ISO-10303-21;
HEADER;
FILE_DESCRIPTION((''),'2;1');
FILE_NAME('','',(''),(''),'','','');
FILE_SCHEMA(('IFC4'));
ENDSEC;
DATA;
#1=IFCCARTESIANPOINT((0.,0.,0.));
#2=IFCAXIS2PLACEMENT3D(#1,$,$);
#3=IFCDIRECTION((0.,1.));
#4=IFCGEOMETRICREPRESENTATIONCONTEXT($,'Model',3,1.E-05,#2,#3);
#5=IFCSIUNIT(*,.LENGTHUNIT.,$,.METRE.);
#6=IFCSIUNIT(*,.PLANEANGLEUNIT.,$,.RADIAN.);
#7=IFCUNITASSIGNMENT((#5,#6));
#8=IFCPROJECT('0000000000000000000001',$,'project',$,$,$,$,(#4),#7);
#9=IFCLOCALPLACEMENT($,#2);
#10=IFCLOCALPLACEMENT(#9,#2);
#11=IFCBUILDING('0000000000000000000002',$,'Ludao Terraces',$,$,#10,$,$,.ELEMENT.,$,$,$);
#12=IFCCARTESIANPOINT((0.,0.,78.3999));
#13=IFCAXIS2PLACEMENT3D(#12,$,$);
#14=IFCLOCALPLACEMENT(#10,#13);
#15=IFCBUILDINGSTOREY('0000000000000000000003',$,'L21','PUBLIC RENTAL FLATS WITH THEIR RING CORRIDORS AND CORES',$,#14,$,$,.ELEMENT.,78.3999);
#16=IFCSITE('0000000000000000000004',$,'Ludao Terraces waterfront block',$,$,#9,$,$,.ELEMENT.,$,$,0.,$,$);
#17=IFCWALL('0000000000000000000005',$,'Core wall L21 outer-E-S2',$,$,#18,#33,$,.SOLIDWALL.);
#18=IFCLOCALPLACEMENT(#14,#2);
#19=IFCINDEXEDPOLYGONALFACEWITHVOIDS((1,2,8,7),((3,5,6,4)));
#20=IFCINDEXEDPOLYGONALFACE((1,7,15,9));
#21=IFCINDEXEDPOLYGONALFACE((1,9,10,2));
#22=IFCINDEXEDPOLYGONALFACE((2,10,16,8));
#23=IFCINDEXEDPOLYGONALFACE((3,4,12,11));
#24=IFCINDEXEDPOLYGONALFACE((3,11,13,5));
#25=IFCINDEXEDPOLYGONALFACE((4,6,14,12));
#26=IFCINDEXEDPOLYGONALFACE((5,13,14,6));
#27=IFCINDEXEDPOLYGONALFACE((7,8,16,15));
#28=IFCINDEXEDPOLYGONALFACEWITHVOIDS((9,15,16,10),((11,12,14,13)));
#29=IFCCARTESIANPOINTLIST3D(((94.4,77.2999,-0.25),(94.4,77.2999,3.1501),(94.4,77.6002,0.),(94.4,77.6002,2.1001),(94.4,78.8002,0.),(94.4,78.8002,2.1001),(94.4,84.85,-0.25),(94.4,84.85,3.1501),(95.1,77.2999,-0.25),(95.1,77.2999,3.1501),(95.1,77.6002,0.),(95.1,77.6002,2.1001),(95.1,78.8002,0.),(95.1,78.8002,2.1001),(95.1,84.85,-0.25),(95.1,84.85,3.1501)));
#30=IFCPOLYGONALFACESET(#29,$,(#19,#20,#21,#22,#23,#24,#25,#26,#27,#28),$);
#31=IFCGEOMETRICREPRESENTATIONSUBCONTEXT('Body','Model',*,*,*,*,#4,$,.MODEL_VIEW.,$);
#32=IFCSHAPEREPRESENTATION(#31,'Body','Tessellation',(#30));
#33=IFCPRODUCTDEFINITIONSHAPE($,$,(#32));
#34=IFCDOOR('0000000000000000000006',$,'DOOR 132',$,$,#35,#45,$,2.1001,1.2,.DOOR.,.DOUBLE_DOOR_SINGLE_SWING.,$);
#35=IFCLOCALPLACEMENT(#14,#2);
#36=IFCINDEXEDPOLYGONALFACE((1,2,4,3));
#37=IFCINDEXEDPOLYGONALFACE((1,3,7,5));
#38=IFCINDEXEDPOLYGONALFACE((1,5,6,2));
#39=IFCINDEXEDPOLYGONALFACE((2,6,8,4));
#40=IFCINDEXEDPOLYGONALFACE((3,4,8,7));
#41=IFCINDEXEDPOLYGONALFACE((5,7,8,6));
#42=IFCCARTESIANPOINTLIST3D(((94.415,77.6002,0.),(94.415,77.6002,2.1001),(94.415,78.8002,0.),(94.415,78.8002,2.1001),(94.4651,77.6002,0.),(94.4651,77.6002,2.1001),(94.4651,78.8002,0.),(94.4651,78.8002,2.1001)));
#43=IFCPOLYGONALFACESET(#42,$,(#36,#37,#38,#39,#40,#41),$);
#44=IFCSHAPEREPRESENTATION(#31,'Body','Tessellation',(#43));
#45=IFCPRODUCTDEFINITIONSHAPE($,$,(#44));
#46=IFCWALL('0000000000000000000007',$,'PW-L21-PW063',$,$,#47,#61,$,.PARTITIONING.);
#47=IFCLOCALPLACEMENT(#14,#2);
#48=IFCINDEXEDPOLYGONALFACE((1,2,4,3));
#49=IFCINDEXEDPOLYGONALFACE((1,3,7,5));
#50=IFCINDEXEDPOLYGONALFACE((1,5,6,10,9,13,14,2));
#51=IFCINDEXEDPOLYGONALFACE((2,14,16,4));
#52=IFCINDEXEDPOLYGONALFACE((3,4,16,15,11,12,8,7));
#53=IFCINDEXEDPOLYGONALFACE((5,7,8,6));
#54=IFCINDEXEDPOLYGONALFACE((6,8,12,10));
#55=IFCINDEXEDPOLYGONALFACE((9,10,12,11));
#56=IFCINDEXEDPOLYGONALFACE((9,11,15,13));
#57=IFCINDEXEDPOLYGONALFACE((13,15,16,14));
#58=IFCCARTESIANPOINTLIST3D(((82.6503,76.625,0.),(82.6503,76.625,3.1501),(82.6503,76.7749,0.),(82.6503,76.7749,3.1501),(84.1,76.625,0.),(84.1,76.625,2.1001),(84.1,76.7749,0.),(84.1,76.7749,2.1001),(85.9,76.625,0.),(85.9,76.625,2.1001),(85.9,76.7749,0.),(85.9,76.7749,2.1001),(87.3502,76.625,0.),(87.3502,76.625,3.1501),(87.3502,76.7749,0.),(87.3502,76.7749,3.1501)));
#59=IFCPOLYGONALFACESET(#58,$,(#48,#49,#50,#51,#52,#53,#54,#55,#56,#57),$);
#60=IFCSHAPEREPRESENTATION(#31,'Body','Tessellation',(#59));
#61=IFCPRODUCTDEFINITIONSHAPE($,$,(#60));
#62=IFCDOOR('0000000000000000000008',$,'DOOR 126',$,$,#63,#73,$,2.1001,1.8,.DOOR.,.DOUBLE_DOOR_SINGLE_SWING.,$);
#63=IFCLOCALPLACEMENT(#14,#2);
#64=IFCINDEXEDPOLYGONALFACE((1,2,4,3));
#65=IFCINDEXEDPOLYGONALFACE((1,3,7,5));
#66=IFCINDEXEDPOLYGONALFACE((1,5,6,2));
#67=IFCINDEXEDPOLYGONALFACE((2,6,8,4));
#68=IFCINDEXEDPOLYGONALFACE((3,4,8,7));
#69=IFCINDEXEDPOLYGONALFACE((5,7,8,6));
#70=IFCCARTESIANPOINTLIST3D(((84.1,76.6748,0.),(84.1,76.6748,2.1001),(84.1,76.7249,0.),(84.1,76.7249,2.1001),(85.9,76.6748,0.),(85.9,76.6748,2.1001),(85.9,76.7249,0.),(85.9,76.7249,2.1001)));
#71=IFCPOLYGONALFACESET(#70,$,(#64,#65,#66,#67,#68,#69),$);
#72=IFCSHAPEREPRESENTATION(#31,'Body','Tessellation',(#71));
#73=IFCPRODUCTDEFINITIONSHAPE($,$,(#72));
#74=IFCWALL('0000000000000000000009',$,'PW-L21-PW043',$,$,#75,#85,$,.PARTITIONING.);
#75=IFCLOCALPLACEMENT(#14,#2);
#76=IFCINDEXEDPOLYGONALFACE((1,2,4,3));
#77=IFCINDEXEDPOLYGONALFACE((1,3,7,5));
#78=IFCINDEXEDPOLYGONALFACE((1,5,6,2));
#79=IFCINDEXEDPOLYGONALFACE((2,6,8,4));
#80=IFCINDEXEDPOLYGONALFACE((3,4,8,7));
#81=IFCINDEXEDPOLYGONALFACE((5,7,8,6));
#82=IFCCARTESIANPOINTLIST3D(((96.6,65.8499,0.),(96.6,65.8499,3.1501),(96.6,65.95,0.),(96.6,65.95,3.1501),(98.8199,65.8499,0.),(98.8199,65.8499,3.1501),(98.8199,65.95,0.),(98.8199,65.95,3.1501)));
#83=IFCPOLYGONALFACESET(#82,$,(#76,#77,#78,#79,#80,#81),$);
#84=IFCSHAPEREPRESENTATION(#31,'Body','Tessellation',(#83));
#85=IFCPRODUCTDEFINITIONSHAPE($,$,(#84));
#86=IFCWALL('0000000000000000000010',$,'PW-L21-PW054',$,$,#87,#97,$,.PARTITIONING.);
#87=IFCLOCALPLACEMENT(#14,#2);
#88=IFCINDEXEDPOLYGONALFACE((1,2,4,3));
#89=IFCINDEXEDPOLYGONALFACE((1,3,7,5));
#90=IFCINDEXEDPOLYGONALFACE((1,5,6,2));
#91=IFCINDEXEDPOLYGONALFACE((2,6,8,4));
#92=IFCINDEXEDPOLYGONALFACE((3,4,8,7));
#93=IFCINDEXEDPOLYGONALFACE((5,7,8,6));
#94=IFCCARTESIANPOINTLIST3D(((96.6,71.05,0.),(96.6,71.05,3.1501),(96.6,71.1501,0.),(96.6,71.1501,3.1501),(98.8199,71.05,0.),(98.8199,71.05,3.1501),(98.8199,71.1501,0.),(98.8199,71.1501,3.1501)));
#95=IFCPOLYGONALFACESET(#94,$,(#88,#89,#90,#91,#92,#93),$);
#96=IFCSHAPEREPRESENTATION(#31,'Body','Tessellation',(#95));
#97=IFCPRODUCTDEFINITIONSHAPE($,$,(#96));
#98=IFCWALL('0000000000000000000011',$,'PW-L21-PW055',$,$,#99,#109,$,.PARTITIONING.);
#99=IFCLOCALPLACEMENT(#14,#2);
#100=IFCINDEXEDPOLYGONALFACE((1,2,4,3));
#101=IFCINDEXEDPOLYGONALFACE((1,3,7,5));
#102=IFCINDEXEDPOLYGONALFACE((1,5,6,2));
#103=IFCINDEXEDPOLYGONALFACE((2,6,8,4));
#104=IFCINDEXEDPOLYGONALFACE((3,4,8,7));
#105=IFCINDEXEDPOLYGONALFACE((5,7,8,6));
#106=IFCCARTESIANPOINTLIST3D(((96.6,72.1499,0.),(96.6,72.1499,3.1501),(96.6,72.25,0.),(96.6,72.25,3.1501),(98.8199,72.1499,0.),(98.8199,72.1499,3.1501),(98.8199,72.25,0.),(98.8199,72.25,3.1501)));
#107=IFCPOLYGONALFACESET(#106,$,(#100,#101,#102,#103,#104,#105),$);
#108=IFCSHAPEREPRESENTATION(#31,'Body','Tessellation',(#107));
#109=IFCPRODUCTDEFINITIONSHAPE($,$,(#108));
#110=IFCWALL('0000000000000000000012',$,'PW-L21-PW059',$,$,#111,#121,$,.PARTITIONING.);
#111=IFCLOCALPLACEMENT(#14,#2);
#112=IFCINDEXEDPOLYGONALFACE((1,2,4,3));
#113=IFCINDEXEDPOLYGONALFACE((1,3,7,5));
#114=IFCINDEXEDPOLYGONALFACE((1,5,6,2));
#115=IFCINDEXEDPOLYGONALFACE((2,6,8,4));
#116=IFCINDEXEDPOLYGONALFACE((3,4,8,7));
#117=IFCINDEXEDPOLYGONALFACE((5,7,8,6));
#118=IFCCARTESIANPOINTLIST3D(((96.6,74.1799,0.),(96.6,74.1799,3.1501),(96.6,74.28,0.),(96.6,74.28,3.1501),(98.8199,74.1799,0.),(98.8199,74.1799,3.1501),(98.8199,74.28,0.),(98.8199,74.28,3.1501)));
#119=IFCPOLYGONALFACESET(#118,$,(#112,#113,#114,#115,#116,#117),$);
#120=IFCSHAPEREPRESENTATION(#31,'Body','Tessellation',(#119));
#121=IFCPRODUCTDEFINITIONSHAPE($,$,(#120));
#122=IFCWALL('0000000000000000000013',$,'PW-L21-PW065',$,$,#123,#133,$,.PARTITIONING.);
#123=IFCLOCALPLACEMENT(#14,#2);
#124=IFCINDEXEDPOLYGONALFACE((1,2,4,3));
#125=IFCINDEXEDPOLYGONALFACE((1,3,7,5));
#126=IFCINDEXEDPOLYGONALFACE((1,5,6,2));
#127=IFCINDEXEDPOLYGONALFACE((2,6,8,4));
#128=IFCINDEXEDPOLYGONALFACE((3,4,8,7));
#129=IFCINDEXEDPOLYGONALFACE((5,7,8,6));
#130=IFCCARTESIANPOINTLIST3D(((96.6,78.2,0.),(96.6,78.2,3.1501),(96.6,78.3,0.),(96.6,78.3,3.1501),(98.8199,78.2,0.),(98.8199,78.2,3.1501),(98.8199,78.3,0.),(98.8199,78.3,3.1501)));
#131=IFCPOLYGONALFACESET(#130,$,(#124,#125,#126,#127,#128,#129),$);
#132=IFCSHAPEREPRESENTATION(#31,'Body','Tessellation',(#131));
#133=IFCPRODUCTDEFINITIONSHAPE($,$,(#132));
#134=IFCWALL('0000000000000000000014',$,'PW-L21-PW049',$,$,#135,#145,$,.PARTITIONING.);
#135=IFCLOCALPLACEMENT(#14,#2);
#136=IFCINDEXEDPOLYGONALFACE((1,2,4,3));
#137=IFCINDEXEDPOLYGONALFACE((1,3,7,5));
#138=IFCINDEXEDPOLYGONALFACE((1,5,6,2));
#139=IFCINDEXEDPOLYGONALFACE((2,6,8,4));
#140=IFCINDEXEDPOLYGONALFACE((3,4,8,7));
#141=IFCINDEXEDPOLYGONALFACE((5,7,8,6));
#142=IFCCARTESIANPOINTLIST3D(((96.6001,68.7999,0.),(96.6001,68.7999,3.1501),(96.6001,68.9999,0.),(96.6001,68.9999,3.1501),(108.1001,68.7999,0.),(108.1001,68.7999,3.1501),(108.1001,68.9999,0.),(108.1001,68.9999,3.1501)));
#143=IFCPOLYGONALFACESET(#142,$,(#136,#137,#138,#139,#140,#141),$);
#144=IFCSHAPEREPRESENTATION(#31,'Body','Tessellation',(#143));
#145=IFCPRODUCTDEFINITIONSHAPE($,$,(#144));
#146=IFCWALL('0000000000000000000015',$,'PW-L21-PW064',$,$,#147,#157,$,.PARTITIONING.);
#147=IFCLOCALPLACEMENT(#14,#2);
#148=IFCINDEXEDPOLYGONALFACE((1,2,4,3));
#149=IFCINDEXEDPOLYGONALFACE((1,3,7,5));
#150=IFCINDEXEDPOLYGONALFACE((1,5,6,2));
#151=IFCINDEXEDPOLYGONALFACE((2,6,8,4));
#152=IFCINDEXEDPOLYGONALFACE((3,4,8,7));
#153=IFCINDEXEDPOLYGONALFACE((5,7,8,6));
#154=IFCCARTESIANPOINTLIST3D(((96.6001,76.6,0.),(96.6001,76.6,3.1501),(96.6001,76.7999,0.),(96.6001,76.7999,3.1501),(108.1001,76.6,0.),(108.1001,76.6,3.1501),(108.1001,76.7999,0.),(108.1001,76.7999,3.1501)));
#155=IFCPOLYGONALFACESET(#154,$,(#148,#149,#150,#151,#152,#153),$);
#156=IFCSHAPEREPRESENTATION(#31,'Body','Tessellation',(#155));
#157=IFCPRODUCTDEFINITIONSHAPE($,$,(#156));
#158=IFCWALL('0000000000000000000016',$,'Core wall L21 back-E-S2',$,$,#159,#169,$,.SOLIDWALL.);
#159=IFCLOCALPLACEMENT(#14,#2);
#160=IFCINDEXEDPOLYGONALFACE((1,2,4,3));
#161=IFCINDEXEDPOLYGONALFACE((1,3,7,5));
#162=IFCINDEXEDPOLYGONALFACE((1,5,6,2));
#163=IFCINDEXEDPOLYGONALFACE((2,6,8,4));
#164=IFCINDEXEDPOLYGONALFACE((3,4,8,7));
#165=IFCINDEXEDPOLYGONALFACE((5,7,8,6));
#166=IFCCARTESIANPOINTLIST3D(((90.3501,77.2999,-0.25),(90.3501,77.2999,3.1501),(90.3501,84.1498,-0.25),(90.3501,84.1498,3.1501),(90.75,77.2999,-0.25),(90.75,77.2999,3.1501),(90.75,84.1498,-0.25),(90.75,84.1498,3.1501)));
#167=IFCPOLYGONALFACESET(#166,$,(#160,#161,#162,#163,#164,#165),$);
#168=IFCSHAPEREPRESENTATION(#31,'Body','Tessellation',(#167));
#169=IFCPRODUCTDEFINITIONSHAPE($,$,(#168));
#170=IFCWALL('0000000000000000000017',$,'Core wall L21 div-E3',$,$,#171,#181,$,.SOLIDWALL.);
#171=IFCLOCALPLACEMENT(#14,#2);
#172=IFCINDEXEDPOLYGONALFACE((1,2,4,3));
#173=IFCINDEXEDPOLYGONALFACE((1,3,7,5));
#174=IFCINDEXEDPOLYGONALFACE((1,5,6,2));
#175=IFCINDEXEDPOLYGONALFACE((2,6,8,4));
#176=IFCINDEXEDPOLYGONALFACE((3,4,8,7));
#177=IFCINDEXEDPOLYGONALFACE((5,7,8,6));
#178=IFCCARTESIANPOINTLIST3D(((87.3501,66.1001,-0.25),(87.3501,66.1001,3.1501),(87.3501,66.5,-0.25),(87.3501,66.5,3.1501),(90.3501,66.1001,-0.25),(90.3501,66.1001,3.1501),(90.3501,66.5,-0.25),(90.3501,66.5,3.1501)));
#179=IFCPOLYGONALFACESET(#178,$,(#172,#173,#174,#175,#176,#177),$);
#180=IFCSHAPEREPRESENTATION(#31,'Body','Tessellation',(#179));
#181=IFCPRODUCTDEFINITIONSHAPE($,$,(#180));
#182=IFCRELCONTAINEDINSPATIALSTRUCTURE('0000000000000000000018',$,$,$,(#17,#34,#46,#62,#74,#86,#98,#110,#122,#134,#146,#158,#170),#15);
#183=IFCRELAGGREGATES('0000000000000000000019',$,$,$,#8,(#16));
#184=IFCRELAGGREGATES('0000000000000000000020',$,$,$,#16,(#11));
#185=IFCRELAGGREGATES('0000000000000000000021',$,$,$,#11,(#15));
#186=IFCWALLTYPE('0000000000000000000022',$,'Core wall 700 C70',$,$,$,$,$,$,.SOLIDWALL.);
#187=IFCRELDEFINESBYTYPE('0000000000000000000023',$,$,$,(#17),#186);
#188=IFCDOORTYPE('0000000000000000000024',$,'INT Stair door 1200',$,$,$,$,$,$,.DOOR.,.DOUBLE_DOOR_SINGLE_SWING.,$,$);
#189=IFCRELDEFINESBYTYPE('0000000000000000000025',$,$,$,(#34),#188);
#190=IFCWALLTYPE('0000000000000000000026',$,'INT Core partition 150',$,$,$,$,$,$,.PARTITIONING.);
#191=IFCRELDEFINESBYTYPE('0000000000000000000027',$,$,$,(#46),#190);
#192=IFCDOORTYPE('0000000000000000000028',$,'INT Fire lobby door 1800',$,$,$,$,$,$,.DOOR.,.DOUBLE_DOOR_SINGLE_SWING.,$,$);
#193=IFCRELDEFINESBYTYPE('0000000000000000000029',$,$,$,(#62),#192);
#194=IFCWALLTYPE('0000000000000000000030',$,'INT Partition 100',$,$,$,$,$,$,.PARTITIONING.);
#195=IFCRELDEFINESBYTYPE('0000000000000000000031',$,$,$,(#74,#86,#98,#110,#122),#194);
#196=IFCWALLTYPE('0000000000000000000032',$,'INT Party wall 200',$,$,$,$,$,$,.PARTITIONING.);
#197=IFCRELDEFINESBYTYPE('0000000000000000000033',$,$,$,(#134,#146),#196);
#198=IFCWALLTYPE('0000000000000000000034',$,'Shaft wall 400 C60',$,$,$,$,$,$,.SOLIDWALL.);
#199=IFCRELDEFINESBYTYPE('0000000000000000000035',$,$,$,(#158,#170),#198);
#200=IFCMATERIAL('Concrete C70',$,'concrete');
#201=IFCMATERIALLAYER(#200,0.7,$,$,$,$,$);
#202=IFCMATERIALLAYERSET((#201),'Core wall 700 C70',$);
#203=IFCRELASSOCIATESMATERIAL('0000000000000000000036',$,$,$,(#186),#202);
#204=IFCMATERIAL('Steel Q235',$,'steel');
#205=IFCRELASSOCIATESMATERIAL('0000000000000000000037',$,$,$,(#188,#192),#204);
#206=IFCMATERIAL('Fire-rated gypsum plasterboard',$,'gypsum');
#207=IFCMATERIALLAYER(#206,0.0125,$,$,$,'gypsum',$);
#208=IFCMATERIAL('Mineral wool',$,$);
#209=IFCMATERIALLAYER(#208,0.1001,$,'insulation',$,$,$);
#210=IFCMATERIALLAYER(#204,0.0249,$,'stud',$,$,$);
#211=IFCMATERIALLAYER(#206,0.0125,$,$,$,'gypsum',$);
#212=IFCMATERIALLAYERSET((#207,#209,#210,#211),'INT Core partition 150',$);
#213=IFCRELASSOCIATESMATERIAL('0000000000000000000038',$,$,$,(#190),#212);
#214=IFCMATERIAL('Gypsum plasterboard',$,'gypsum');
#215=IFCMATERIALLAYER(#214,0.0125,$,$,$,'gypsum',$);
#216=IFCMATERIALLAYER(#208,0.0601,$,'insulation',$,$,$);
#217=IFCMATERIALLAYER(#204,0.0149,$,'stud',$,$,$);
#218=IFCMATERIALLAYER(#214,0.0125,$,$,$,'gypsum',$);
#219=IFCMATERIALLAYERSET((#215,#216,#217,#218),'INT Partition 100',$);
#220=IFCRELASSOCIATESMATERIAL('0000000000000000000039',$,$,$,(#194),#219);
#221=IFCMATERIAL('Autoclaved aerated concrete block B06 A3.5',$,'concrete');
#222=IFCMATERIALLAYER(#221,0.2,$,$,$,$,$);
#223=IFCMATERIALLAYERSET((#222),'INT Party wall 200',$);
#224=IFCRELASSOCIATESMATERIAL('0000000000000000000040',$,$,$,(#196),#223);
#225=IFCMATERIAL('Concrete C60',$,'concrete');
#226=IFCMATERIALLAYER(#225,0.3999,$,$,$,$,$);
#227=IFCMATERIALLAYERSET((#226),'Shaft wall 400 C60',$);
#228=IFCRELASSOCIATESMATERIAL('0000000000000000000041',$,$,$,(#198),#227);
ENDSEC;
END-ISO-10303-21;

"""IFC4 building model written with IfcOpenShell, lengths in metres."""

from ifc_helpers import new_model, si_unit, direction, frame, frame_2d, origin, place, context, subcontext, project, spatial, rectangle, extrude, material, layer, layer_set, type_object, element, fill, save


model = new_model("IFC4")

# Units and contexts
model_context = context("Model", 3, precision=1e-05, world=origin(), true_north=direction((0.0, 1.0)))
body_context = subcontext(model_context, "Body", "Model", "MODEL_VIEW")
ifc_project = project(units=[si_unit("LENGTHUNIT", "METRE"), si_unit("PLANEANGLEUNIT", "RADIAN")], contexts=[model_context])

# Site, building, storey
site_placement = place(None, origin())
site = spatial("IfcSite", under=ifc_project, at=site_placement, Name="Ludao Terraces waterfront block", CompositionType="ELEMENT", RefElevation=0.0)
building_placement = place(site_placement, origin())
building = spatial("IfcBuilding", under=site, at=building_placement, Name="Ludao Terraces", CompositionType="ELEMENT")
storey_placement = place(building_placement, frame((0.0, 0.0, 78.3999)))
storey = spatial("IfcBuildingStorey", under=building, at=storey_placement, Name="L21", Description="PUBLIC RENTAL FLATS WITH THEIR RING CORRIDORS AND CORES", CompositionType="ELEMENT", Elevation=78.3999)

# Walls, openings, doors
ifc_material_1 = material(Name="Concrete C70", Category="concrete")
ifc_layer_1 = layer(ifc_material_1, 0.7)
ifc_layer_set_1 = layer_set([ifc_layer_1], Name="Core wall 700 C70")
wall_type_1 = type_object("IfcWallType", Name="Core wall 700 C70", PredefinedType="SOLIDWALL", material=ifc_layer_set_1)
wall_1_placement = place(storey_placement, frame((94.75, 77.3, -0.25), z_axis=(0.0, 0.0, 1.0), x_axis=(0.0, 1.0, 0.0)))
wall_1 = element("IfcWall", 1, at=wall_1_placement, inside=storey, type_object=wall_type_1, Name="Core wall L21 outer-E-S2", PredefinedType="SOLIDWALL", context=body_context, shape_type="SweptSolid", body=[
    extrude(rectangle(XDim=7.55, YDim=0.7, at=frame_2d((3.7749, 0.0))), origin(), (0.0, 0.0, 1.0), 3.4001),
])
opening_1_placement = place(wall_1_placement, frame((0.3, 0.0, 0.25)))
opening_1 = element("IfcOpeningElement", 2, at=opening_1_placement, cuts=wall_1, PredefinedType="OPENING", context=body_context, shape_type="SweptSolid", body=[
    extrude(rectangle(XDim=1.2, YDim=2.1001, at=frame_2d((0.6001, 1.05))), frame((0.0, 0.3599, 0.0), z_axis=(0.0, -1.0, 0.0), x_axis=(1.0, 0.0, 0.0)), (0.0, 0.0, 1.0), 0.72),
])
ifc_material_2 = material(Name="Steel Q235", Category="steel")
door_type_1 = type_object("IfcDoorType", Name="INT Stair door 1200", OperationType="DOUBLE_DOOR_SINGLE_SWING", PredefinedType="DOOR", material=ifc_material_2)
door_1_placement = place(opening_1_placement, origin())
door_1 = element("IfcDoor", 3, at=door_1_placement, inside=storey, type_object=door_type_1, Name="DOOR 132", OperationType="DOUBLE_DOOR_SINGLE_SWING", OverallHeight=2.1001, OverallWidth=1.2, PredefinedType="DOOR", context=body_context, shape_type="SweptSolid", body=[
    extrude(rectangle(XDim=1.2, YDim=2.1001, at=frame_2d((0.6001, 1.05))), frame((0.0, 0.335, 0.0), z_axis=(0.0, -1.0, 0.0), x_axis=(1.0, 0.0, 0.0)), (0.0, 0.0, 1.0), 0.05),
])
fill(opening_1, door_1)
ifc_material_3 = material(Name="Fire-rated gypsum plasterboard", Category="gypsum")
ifc_layer_2 = layer(ifc_material_3, 0.0125, Category="gypsum")
ifc_material_4 = material(Name="Mineral wool")
ifc_layer_3 = layer(ifc_material_4, 0.1001, Name="insulation")
ifc_layer_4 = layer(ifc_material_2, 0.0249, Name="stud")
ifc_layer_5 = layer(ifc_material_3, 0.0125, Category="gypsum")
ifc_layer_set_2 = layer_set([ifc_layer_2, ifc_layer_3, ifc_layer_4, ifc_layer_5], Name="INT Core partition 150")
wall_type_2 = type_object("IfcWallType", Name="INT Core partition 150", PredefinedType="PARTITIONING", material=ifc_layer_set_2)
wall_2_placement = place(storey_placement, frame((82.6501, 76.7, 0.0), z_axis=(0.0, 0.0, 1.0), x_axis=(1.0, 0.0, 0.0)))
wall_2 = element("IfcWall", 4, at=wall_2_placement, inside=storey, type_object=wall_type_2, Name="PW-L21-PW063", PredefinedType="PARTITIONING", context=body_context, shape_type="SweptSolid", body=[
    extrude(rectangle(XDim=4.7, YDim=0.1499, at=frame_2d((2.3501, 0.0))), origin(), (0.0, 0.0, 1.0), 3.1501),
])
opening_2_placement = place(wall_2_placement, frame((1.45, 0.0, 0.0)))
opening_2 = element("IfcOpeningElement", 5, at=opening_2_placement, cuts=wall_2, PredefinedType="OPENING", context=body_context, shape_type="SweptSolid", body=[
    extrude(rectangle(XDim=1.8, YDim=2.1001, at=frame_2d((0.8999, 1.05))), frame((0.0, 0.085, 0.0), z_axis=(0.0, -1.0, 0.0), x_axis=(1.0, 0.0, 0.0)), (0.0, 0.0, 1.0), 0.1699),
])
door_type_2 = type_object("IfcDoorType", Name="INT Fire lobby door 1800", OperationType="DOUBLE_DOOR_SINGLE_SWING", PredefinedType="DOOR", material=ifc_material_2)
door_2_placement = place(opening_2_placement, origin())
door_2 = element("IfcDoor", 6, at=door_2_placement, inside=storey, type_object=door_type_2, Name="DOOR 126", OperationType="DOUBLE_DOOR_SINGLE_SWING", OverallHeight=2.1001, OverallWidth=1.8, PredefinedType="DOOR", context=body_context, shape_type="SweptSolid", body=[
    extrude(rectangle(XDim=1.8, YDim=2.1001, at=frame_2d((0.8999, 1.05))), frame((0.0, 0.0249, 0.0), z_axis=(0.0, -1.0, 0.0), x_axis=(1.0, 0.0, 0.0)), (0.0, 0.0, 1.0), 0.05),
])
fill(opening_2, door_2)

# Walls
ifc_material_5 = material(Name="Gypsum plasterboard", Category="gypsum")
ifc_layer_6 = layer(ifc_material_5, 0.0125, Category="gypsum")
ifc_layer_7 = layer(ifc_material_4, 0.0601, Name="insulation")
ifc_layer_8 = layer(ifc_material_2, 0.0149, Name="stud")
ifc_layer_9 = layer(ifc_material_5, 0.0125, Category="gypsum")
ifc_layer_set_3 = layer_set([ifc_layer_6, ifc_layer_7, ifc_layer_8, ifc_layer_9], Name="INT Partition 100")
wall_type_3 = type_object("IfcWallType", Name="INT Partition 100", PredefinedType="PARTITIONING", material=ifc_layer_set_3)
for number, where, z_axis, x_axis, name in (
    (7, (96.6001, 65.8999, 0.0), (0.0, 0.0, 1.0), (1.0, 0.0, 0.0), "PW-L21-PW043"),
    (8, (96.6001, 71.1001, 0.0), (0.0, 0.0, 1.0), (1.0, 0.0, 0.0), "PW-L21-PW054"),
    (9, (96.6001, 72.2, 0.0), (0.0, 0.0, 1.0), (1.0, 0.0, 0.0), "PW-L21-PW055"),
    (10, (96.6001, 74.23, 0.0), (0.0, 0.0, 1.0), (1.0, 0.0, 0.0), "PW-L21-PW059"),
    (11, (96.6001, 78.25, 0.0), (0.0, 0.0, 1.0), (1.0, 0.0, 0.0), "PW-L21-PW065"),
):
    element("IfcWall", number, at=place(storey_placement, frame(where, z_axis=z_axis, x_axis=x_axis)), inside=storey, type_object=wall_type_3, Name=name, PredefinedType="PARTITIONING", context=body_context, shape_type="SweptSolid", body=[
        extrude(rectangle(XDim=2.22, YDim=0.1001, at=frame_2d((1.1099, 0.0))), origin(), (0.0, 0.0, 1.0), 3.1501),
    ])
ifc_material_6 = material(Name="Autoclaved aerated concrete block B06 A3.5", Category="concrete")
ifc_layer_10 = layer(ifc_material_6, 0.2)
ifc_layer_set_4 = layer_set([ifc_layer_10], Name="INT Party wall 200")
wall_type_4 = type_object("IfcWallType", Name="INT Party wall 200", PredefinedType="PARTITIONING", material=ifc_layer_set_4)
for number, where, z_axis, x_axis, name in (
    (12, (96.6001, 68.8999, 0.0), (0.0, 0.0, 1.0), (1.0, 0.0, 0.0), "PW-L21-PW049"),
    (13, (96.6001, 76.7, 0.0), (0.0, 0.0, 1.0), (1.0, 0.0, 0.0), "PW-L21-PW064"),
):
    element("IfcWall", number, at=place(storey_placement, frame(where, z_axis=z_axis, x_axis=x_axis)), inside=storey, type_object=wall_type_4, Name=name, PredefinedType="PARTITIONING", context=body_context, shape_type="SweptSolid", body=[
        extrude(rectangle(XDim=11.5, YDim=0.2, at=frame_2d((5.75, 0.0))), origin(), (0.0, 0.0, 1.0), 3.1501),
    ])
ifc_material_7 = material(Name="Concrete C60", Category="concrete")
ifc_layer_11 = layer(ifc_material_7, 0.3999)
ifc_layer_set_5 = layer_set([ifc_layer_11], Name="Shaft wall 400 C60")
wall_type_5 = type_object("IfcWallType", Name="Shaft wall 400 C60", PredefinedType="SOLIDWALL", material=ifc_layer_set_5)
wall_3_placement = place(storey_placement, frame((90.55, 77.3, -0.25), z_axis=(0.0, 0.0, 1.0), x_axis=(0.0, 1.0, 0.0)))
element("IfcWall", 14, at=wall_3_placement, inside=storey, type_object=wall_type_5, Name="Core wall L21 back-E-S2", PredefinedType="SOLIDWALL", context=body_context, shape_type="SweptSolid", body=[
    extrude(rectangle(XDim=6.8499, YDim=0.3999, at=frame_2d((3.4248, 0.0))), origin(), (0.0, 0.0, 1.0), 3.4001),
])
wall_4_placement = place(storey_placement, frame((87.3501, 66.3, -0.25), z_axis=(0.0, 0.0, 1.0), x_axis=(1.0, 0.0, 0.0)))
element("IfcWall", 15, at=wall_4_placement, inside=storey, type_object=wall_type_5, Name="Core wall L21 div-E3", PredefinedType="SOLIDWALL", context=body_context, shape_type="SweptSolid", body=[
    extrude(rectangle(XDim=3.0, YDim=0.3999, at=frame_2d((1.5, 0.0))), origin(), (0.0, 0.0, 1.0), 3.4001),
])

save(model, "model.ifc")
